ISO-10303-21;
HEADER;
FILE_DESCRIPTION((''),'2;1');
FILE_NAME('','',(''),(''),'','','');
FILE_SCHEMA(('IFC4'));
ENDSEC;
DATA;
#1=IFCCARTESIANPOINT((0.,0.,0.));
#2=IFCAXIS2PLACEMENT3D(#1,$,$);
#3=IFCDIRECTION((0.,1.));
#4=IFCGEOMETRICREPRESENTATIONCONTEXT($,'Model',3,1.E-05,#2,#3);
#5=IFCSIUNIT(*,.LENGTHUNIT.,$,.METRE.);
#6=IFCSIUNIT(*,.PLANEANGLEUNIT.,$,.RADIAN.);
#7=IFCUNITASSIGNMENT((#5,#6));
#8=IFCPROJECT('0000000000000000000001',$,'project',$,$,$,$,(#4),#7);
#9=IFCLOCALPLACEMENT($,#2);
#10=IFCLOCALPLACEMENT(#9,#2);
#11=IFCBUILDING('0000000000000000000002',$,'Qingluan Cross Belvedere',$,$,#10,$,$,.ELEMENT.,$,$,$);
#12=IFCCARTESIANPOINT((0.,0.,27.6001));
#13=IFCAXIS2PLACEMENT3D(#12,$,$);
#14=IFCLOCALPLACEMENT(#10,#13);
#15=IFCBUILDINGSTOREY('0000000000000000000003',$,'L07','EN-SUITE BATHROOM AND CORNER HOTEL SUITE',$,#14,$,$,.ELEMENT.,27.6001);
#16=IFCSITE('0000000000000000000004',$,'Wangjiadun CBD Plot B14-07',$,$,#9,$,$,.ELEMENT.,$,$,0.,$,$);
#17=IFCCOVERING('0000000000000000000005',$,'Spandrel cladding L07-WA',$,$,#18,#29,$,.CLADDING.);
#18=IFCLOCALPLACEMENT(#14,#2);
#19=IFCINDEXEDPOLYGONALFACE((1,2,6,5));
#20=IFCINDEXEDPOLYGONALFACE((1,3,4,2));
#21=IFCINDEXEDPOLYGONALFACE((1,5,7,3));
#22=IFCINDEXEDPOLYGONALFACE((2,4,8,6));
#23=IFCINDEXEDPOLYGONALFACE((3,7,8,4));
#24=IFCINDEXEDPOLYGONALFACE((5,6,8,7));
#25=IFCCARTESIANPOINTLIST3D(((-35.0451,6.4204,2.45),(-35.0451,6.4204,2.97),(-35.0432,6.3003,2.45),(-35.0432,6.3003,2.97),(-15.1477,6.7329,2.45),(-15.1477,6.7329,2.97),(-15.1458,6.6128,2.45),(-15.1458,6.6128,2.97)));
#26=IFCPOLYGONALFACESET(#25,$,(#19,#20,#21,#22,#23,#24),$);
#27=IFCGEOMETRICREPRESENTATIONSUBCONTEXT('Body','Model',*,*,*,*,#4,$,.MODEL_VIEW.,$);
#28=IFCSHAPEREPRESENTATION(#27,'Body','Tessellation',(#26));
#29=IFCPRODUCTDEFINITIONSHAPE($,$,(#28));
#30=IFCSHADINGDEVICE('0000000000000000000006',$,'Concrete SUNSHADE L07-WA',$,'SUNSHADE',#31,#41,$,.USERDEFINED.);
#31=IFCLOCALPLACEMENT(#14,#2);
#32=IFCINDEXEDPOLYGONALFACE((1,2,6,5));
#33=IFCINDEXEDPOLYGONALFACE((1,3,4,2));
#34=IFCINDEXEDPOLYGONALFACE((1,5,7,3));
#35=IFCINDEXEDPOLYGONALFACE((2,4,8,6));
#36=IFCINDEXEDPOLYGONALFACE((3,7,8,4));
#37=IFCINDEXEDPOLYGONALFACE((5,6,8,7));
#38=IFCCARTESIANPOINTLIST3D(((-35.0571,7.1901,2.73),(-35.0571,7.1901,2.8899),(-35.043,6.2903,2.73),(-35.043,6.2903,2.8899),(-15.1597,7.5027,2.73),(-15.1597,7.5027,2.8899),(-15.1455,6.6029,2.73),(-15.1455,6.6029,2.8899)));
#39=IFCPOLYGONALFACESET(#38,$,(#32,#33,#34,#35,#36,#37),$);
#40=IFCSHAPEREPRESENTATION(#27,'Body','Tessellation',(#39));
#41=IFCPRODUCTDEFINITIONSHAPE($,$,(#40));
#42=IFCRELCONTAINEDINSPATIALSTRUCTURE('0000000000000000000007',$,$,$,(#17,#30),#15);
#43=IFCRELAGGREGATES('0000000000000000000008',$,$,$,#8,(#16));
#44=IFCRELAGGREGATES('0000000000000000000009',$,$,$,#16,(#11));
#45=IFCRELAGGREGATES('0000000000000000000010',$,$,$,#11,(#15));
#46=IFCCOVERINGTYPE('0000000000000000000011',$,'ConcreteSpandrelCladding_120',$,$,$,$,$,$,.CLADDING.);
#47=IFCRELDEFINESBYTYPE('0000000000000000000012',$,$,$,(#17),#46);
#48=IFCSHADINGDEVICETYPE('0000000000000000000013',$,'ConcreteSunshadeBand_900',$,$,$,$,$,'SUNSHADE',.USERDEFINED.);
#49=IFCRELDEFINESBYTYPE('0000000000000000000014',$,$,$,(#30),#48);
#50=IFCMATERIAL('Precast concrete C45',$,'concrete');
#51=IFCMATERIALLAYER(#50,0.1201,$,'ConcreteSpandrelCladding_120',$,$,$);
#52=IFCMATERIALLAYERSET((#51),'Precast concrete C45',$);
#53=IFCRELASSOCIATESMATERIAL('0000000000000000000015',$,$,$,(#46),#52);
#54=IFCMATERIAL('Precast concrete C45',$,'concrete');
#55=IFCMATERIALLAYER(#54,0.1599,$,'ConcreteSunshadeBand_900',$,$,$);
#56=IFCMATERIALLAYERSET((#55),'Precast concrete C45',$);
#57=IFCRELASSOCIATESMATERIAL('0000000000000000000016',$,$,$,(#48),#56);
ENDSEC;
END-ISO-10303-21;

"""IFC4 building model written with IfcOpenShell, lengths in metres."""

from ifc_helpers import new_model, si_unit, direction, frame, origin, origin_2d, place, context, subcontext, project, spatial, rectangle, extrude, material, layer, layer_set, type_object, element, save


model = new_model("IFC4")

# Units and contexts
model_context = context("Model", 3, precision=1e-05, world=origin(), true_north=direction((0.0, 1.0)))
body_context = subcontext(model_context, "Body", "Model", "MODEL_VIEW")
ifc_project = project(units=[si_unit("LENGTHUNIT", "METRE"), si_unit("PLANEANGLEUNIT", "RADIAN")], contexts=[model_context])

# Site, building, storey
site_placement = place(None, origin())
site = spatial("IfcSite", under=ifc_project, at=site_placement, Name="Wangjiadun CBD Plot B14-07", CompositionType="ELEMENT", RefElevation=0.0)
building_placement = place(site_placement, origin())
building = spatial("IfcBuilding", under=site, at=building_placement, Name="Qingluan Cross Belvedere", CompositionType="ELEMENT")
storey_placement = place(building_placement, frame((0.0, 0.0, 27.6001)))
storey = spatial("IfcBuildingStorey", under=building, at=storey_placement, Name="L07", Description="EN-SUITE BATHROOM AND CORNER HOTEL SUITE", CompositionType="ELEMENT", Elevation=27.6001)

# Covering
ifc_material_1 = material(Name="Precast concrete C45", Category="concrete")
ifc_layer_1 = layer(ifc_material_1, 0.1201, Name="ConcreteSpandrelCladding_120")
ifc_layer_set_1 = layer_set([ifc_layer_1], Name="Precast concrete C45")
covering_type = type_object("IfcCoveringType", Name="ConcreteSpandrelCladding_120", PredefinedType="CLADDING", material=ifc_layer_set_1)
covering_placement = place(storey_placement, frame((-25.0955, 6.5166, 2.45), z_axis=(0.0, 0.0, 1.0), x_axis=(-0.999877, -0.015706, 0.0)))
element("IfcCovering", 1, at=covering_placement, inside=storey, type_object=covering_type, Name="Spandrel cladding L07-WA", PredefinedType="CLADDING", context=body_context, shape_type="SweptSolid", body=[
    extrude(rectangle(XDim=19.8999, YDim=0.1201, at=origin_2d()), origin(), (0.0, 0.0, 1.0), 0.52),
])

# Shading device
ifc_material_2 = material(Name="Precast concrete C45", Category="concrete")
ifc_layer_2 = layer(ifc_material_2, 0.1599, Name="ConcreteSunshadeBand_900")
ifc_layer_set_2 = layer_set([ifc_layer_2], Name="Precast concrete C45")
shading_device_type = type_object("IfcShadingDeviceType", Name="ConcreteSunshadeBand_900", ElementType="SUNSHADE", PredefinedType="USERDEFINED", material=ifc_layer_set_2)
shading_device_placement = place(storey_placement, frame((-25.1013, 6.8965, 2.73), z_axis=(0.0, 0.0, 1.0), x_axis=(-0.999877, -0.015706, 0.0)))
element("IfcShadingDevice", 2, at=shading_device_placement, inside=storey, type_object=shading_device_type, Name="Concrete SUNSHADE L07-WA", ObjectType="SUNSHADE", PredefinedType="USERDEFINED", context=body_context, shape_type="SweptSolid", body=[
    extrude(rectangle(XDim=19.8999, YDim=0.8999, at=origin_2d()), origin(), (0.0, 0.0, 1.0), 0.1599),
])

save(model, "model.ifc")
